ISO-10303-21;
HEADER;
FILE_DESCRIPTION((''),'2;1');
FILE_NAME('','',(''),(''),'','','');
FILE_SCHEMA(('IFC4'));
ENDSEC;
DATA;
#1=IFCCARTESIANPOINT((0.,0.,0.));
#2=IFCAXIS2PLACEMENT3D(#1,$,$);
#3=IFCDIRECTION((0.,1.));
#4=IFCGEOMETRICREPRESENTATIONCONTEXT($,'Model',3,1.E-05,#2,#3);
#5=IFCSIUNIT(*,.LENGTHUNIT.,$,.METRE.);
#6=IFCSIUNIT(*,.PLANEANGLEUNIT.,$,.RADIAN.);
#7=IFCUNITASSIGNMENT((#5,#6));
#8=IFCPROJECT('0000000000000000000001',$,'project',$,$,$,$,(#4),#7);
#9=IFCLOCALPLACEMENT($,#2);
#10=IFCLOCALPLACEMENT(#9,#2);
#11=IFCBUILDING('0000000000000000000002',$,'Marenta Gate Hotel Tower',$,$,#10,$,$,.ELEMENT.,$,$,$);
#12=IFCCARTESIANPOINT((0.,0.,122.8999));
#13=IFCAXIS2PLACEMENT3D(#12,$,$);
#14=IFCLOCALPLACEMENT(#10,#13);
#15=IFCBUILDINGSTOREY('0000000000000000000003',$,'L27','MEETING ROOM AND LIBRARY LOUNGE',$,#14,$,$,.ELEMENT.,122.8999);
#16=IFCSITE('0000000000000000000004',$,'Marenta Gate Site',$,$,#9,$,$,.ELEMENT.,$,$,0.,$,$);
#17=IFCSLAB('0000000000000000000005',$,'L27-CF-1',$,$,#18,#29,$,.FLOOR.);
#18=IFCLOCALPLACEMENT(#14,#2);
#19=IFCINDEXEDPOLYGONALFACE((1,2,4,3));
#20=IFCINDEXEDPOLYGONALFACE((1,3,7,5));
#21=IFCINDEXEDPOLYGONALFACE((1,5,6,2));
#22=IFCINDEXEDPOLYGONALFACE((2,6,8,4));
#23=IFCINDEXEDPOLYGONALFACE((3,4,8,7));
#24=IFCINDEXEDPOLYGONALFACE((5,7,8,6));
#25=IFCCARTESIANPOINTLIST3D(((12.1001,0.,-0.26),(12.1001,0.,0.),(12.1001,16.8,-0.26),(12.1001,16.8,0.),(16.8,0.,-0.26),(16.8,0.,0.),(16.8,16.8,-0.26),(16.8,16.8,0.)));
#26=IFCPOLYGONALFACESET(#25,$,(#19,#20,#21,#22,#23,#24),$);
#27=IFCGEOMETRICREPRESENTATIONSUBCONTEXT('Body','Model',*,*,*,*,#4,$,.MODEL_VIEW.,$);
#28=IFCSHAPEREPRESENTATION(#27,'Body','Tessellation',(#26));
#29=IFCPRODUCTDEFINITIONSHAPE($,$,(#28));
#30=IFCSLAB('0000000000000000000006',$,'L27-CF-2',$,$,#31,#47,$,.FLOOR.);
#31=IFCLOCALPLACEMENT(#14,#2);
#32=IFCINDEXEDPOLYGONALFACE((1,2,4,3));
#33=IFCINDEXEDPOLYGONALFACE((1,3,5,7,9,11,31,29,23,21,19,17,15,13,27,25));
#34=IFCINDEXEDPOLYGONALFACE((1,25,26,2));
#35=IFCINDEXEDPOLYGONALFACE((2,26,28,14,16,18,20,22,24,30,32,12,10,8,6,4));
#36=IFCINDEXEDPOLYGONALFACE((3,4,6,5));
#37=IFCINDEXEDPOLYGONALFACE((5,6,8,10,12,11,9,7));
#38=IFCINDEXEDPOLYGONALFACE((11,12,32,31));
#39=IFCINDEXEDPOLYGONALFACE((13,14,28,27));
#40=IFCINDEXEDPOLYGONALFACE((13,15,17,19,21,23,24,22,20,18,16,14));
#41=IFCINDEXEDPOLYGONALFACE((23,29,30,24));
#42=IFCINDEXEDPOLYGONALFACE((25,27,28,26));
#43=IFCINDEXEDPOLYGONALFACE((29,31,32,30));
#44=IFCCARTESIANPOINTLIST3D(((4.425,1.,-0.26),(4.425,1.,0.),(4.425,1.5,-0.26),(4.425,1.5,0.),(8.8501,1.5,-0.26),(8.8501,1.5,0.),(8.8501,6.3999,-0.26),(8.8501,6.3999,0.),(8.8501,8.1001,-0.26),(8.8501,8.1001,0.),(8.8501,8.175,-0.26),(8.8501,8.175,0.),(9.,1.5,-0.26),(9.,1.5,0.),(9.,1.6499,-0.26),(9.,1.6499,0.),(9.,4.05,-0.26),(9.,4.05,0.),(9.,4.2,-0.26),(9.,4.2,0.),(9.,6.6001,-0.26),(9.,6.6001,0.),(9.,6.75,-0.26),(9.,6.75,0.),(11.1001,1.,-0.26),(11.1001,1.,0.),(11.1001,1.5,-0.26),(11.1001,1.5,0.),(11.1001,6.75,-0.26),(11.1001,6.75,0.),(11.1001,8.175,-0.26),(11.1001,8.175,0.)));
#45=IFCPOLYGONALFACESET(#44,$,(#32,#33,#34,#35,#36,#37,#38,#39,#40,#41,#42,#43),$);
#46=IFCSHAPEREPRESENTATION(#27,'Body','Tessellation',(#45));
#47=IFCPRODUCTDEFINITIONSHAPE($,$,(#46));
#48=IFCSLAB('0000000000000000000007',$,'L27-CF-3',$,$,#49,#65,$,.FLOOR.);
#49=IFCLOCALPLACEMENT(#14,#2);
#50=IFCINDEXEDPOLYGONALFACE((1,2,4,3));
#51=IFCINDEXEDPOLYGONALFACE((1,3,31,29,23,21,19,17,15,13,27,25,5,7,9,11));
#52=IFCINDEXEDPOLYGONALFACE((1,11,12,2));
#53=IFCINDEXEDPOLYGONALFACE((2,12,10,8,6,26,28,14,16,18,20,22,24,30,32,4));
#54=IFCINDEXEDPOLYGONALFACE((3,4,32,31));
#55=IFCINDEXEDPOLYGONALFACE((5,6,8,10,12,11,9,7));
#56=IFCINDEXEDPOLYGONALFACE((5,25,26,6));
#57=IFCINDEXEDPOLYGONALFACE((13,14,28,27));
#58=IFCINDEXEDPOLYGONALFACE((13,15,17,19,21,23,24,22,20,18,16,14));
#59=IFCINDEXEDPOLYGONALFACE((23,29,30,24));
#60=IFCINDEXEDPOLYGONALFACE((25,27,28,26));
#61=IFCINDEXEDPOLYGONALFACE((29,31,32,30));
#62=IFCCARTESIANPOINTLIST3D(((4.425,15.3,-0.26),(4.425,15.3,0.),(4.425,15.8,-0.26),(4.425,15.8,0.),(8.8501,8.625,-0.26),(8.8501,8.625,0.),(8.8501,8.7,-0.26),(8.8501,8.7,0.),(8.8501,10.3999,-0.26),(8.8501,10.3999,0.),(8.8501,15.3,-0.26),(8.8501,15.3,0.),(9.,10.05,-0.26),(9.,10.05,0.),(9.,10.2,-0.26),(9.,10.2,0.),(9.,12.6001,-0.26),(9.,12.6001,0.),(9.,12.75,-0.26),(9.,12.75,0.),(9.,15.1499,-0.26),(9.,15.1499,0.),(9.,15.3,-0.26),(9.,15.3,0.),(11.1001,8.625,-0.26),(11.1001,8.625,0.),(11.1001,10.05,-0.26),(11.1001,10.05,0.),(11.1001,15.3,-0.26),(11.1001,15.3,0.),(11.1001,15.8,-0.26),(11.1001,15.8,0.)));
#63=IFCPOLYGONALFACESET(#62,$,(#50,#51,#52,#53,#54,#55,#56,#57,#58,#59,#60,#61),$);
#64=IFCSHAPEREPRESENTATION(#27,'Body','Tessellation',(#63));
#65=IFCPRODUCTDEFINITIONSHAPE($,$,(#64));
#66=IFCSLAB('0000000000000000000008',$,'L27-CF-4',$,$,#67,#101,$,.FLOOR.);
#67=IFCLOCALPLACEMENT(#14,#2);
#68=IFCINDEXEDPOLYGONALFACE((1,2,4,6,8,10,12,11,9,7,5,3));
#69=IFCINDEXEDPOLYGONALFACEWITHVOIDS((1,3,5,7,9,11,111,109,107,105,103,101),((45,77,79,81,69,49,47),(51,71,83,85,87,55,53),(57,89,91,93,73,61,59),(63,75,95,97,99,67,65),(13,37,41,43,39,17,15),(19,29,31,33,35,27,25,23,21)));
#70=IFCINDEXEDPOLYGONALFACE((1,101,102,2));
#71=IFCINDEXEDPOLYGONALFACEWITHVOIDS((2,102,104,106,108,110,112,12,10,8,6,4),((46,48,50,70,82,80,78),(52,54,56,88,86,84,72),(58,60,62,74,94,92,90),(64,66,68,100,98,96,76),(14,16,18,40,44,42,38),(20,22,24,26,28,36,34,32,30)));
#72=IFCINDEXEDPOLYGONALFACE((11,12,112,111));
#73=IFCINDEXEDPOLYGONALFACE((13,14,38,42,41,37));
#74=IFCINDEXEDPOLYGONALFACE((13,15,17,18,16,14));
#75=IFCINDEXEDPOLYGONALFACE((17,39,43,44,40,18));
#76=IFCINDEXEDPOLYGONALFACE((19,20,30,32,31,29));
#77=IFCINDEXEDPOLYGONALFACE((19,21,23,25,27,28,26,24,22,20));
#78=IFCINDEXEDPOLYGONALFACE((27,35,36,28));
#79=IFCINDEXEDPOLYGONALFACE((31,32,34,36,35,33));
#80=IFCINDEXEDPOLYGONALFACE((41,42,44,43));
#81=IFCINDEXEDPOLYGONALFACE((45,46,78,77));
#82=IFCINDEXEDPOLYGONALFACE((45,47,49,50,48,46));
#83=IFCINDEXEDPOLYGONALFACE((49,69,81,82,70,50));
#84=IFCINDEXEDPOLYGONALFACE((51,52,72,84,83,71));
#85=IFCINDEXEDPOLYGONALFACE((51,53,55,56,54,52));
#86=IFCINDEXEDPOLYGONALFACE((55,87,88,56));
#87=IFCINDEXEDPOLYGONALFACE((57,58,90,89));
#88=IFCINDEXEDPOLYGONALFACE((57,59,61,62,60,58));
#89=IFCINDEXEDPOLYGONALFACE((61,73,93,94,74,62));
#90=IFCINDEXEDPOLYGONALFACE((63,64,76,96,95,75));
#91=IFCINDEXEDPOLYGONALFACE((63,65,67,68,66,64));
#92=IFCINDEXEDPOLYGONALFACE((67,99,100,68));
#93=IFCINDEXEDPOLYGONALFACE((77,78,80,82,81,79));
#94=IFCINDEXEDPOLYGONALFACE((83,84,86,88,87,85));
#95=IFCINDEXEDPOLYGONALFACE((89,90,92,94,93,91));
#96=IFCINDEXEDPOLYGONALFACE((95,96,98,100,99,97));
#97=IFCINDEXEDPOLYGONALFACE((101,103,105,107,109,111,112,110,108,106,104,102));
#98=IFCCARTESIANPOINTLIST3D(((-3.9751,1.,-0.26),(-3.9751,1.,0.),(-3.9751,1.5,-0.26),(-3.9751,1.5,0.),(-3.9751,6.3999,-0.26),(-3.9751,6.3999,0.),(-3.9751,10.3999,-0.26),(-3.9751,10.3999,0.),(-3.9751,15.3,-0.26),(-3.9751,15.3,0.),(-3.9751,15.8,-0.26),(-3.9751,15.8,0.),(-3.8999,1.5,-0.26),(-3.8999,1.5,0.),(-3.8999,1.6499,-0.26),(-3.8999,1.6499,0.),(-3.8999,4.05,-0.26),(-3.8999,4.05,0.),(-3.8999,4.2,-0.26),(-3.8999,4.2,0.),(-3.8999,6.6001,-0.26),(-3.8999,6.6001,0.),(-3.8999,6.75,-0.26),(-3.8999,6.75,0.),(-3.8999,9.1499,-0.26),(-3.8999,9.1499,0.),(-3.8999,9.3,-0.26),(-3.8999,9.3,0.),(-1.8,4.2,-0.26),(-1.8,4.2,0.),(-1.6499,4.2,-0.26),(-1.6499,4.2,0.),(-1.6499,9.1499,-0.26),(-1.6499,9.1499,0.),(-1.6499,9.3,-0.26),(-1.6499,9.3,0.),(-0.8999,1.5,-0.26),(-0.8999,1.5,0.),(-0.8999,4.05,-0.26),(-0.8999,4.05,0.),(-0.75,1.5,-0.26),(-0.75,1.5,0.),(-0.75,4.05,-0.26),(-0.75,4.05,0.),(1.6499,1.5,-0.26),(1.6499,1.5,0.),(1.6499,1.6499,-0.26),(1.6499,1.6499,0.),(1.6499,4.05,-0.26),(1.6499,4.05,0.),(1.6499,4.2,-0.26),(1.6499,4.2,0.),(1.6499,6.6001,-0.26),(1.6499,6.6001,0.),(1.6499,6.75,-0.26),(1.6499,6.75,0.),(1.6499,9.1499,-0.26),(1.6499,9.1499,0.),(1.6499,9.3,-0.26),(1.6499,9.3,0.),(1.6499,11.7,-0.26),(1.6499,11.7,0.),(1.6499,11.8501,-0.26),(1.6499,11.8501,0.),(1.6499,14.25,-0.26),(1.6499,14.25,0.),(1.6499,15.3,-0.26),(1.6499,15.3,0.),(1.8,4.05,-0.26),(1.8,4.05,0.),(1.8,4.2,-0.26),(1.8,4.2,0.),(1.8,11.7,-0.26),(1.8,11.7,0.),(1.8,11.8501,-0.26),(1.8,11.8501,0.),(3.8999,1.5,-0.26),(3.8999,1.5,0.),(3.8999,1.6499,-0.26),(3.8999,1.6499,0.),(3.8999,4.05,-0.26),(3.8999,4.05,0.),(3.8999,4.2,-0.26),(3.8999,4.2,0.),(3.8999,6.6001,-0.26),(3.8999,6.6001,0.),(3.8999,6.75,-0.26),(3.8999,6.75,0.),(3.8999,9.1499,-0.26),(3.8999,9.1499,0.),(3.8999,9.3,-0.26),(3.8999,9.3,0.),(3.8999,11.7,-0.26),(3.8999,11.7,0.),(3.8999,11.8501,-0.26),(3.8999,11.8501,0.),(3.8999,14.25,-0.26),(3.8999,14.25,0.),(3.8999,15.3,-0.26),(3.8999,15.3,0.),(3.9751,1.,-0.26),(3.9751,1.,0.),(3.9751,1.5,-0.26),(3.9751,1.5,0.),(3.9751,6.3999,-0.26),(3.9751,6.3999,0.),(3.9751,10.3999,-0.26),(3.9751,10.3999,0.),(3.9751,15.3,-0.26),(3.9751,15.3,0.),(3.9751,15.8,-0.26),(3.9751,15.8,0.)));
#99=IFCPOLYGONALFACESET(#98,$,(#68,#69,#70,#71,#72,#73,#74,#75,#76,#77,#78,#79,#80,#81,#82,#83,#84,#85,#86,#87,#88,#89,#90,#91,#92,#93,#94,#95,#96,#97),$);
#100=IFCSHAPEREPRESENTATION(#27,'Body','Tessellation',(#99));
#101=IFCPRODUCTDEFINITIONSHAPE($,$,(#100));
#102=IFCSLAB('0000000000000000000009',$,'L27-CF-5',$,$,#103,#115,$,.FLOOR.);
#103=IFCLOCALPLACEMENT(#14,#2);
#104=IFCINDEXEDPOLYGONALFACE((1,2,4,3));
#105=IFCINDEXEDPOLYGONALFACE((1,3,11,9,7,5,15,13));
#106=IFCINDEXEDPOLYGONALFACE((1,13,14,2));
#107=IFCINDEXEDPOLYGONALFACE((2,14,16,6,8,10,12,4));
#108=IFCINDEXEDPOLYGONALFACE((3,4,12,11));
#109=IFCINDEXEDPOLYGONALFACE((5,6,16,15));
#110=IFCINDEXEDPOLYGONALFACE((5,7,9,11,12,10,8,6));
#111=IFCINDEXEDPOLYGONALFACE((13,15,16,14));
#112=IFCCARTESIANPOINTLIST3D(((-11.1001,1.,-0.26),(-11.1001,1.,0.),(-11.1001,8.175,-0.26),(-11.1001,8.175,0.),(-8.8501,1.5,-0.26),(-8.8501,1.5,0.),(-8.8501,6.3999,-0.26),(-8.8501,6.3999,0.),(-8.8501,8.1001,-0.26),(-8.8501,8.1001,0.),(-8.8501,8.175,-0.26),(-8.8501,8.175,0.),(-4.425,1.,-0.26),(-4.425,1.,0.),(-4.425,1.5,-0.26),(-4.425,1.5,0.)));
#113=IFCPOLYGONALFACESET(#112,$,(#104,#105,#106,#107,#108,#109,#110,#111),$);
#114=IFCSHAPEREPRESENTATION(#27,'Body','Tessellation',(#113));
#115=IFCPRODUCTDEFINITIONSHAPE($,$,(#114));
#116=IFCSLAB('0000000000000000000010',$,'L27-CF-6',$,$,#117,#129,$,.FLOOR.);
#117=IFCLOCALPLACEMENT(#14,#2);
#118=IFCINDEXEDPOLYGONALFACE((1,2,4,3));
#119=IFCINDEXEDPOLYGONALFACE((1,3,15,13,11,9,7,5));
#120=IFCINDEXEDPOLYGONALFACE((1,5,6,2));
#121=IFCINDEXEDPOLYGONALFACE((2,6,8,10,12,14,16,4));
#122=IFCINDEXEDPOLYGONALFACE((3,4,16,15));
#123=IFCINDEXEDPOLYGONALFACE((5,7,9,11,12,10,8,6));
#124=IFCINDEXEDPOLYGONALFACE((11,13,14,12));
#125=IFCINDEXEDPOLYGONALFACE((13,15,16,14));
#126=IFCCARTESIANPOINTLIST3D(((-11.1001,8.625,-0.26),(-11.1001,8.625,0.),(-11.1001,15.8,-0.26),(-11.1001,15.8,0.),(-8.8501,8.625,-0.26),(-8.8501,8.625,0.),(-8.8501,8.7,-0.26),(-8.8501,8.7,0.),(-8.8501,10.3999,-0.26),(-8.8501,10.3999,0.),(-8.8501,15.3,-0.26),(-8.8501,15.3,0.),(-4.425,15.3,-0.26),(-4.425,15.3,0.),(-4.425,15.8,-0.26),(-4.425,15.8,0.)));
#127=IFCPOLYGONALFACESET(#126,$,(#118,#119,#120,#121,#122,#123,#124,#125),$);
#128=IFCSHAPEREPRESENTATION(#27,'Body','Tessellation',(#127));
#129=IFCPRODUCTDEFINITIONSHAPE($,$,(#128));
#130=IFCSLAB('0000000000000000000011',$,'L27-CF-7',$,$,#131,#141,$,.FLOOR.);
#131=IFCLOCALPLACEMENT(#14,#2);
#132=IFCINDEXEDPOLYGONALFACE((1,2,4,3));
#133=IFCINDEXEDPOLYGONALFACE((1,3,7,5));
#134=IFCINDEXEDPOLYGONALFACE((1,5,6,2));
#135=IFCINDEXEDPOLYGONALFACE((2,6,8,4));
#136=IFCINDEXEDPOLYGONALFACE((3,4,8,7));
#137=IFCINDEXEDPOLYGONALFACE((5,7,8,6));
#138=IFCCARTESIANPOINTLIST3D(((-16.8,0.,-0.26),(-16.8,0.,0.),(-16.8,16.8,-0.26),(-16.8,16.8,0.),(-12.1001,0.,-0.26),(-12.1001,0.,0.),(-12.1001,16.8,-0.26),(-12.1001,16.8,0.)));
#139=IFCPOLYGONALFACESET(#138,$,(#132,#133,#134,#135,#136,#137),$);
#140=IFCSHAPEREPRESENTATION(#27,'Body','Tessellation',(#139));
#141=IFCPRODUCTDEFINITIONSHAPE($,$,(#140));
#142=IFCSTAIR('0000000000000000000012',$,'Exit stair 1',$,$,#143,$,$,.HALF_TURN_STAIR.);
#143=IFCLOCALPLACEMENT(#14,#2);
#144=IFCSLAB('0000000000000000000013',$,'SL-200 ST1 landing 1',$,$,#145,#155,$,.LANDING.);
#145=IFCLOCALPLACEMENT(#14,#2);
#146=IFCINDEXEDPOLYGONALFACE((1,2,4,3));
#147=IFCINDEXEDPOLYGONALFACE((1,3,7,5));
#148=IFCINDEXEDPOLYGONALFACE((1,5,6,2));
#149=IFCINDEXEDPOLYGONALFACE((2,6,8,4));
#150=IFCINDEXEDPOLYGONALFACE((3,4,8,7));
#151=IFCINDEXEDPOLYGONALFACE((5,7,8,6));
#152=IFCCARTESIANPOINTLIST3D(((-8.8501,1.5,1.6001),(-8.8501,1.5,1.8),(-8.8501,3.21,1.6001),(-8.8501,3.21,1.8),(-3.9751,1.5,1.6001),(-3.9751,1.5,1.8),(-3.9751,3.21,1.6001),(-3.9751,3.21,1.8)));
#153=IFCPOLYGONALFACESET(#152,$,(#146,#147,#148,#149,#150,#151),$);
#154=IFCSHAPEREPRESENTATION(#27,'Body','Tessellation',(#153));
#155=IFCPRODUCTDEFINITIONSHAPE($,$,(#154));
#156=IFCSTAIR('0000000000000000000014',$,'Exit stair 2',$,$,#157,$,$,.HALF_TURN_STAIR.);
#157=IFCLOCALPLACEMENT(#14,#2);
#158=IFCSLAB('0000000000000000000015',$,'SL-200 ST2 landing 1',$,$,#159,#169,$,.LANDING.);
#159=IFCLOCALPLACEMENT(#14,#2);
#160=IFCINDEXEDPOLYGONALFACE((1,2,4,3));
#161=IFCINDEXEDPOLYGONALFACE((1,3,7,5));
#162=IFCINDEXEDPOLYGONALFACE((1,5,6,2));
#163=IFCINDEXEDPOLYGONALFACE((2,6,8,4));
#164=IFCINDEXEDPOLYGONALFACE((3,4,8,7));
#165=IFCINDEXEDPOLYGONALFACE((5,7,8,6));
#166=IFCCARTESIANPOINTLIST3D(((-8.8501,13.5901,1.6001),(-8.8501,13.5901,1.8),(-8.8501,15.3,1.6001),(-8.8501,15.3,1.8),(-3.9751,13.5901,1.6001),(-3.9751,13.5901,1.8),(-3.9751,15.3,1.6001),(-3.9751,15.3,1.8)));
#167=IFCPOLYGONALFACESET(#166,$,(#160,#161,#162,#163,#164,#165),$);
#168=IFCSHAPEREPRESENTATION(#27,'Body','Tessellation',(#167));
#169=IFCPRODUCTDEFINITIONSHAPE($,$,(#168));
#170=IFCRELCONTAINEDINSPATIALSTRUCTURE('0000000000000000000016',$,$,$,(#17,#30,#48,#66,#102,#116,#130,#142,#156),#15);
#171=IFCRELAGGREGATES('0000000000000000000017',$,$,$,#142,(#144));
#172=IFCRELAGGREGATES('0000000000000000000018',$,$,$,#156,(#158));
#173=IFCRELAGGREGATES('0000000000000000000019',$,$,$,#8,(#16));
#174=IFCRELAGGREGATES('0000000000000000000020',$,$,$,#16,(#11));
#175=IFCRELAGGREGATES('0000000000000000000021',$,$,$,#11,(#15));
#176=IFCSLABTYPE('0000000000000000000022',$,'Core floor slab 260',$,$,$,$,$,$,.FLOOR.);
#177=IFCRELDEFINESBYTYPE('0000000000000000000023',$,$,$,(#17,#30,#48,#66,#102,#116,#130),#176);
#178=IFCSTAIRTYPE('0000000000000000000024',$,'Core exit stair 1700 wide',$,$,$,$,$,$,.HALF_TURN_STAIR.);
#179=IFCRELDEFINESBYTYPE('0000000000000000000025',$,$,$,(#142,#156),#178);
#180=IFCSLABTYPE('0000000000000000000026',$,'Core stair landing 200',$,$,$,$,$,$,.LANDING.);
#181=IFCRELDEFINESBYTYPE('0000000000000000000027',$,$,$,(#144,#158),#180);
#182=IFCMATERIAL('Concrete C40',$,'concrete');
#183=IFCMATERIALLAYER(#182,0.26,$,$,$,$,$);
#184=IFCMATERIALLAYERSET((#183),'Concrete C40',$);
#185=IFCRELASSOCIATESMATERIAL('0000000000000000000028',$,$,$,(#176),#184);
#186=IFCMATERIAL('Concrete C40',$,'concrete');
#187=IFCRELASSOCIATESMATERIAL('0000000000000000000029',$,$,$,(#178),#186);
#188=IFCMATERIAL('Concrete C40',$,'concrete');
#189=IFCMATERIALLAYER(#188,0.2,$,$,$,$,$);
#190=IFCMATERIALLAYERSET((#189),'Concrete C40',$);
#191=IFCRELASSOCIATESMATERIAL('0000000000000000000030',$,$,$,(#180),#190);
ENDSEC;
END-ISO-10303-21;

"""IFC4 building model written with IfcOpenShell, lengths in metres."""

from ifc_helpers import new_model, si_unit, direction, frame, origin, place, context, subcontext, project, spatial, polyline, outline, extrude, material, layer, layer_set, type_object, element, aggregate, save


model = new_model("IFC4")

# Units and contexts
model_context = context("Model", 3, precision=1e-05, world=origin(), true_north=direction((0.0, 1.0)))
body_context = subcontext(model_context, "Body", "Model", "MODEL_VIEW")
ifc_project = project(units=[si_unit("LENGTHUNIT", "METRE"), si_unit("PLANEANGLEUNIT", "RADIAN")], contexts=[model_context])

# Site, building, storey
site_placement = place(None, origin())
site = spatial("IfcSite", under=ifc_project, at=site_placement, Name="Marenta Gate Site", CompositionType="ELEMENT", RefElevation=0.0)
building_placement = place(site_placement, origin())
building = spatial("IfcBuilding", under=site, at=building_placement, Name="Marenta Gate Hotel Tower", CompositionType="ELEMENT")
storey_placement = place(building_placement, frame((0.0, 0.0, 122.8999)))
storey = spatial("IfcBuildingStorey", under=building, at=storey_placement, Name="L27", Description="MEETING ROOM AND LIBRARY LOUNGE", CompositionType="ELEMENT", Elevation=122.8999)

# Slabs
ifc_material_1 = material(Name="Concrete C40", Category="concrete")
ifc_layer_1 = layer(ifc_material_1, 0.26)
ifc_layer_set_1 = layer_set([ifc_layer_1], Name="Concrete C40")
slab_type_1 = type_object("IfcSlabType", Name="Core floor slab 260", PredefinedType="FLOOR", material=ifc_layer_set_1)
slab_1_placement = place(storey_placement, frame((0.0, 0.0, -0.26)))
element("IfcSlab", 1, at=slab_1_placement, inside=storey, type_object=slab_type_1, Name="L27-CF-1", PredefinedType="FLOOR", context=body_context, shape_type="SweptSolid", body=[
    extrude(outline(polyline([(12.1001, 0.0), (12.1001, 16.8), (16.8, 16.8), (16.8, 0.0), (12.1001, 0.0)])), origin(), (0.0, 0.0, 1.0), 0.26),
])
slab_2_placement = place(storey_placement, frame((0.0, 0.0, -0.26)))
element("IfcSlab", 2, at=slab_2_placement, inside=storey, type_object=slab_type_1, Name="L27-CF-2", PredefinedType="FLOOR", context=body_context, shape_type="SweptSolid", body=[
    extrude(outline(polyline([(8.8501, 1.5), (8.8501, 6.3999), (8.8501, 8.1001), (8.8501, 8.175), (11.1001, 8.175), (11.1001, 6.75), (9.0, 6.75), (9.0, 6.6001), (9.0, 4.2), (9.0, 4.05), (9.0, 1.6499), (9.0, 1.5), (11.1001, 1.5), (11.1001, 1.0), (4.425, 1.0), (4.425, 1.5), (8.8501, 1.5)])), origin(), (0.0, 0.0, 1.0), 0.26),
])
slab_3_placement = place(storey_placement, frame((0.0, 0.0, -0.26)))
element("IfcSlab", 3, at=slab_3_placement, inside=storey, type_object=slab_type_1, Name="L27-CF-3", PredefinedType="FLOOR", context=body_context, shape_type="SweptSolid", body=[
    extrude(outline(polyline([(8.8501, 15.3), (4.425, 15.3), (4.425, 15.8), (11.1001, 15.8), (11.1001, 15.3), (9.0, 15.3), (9.0, 15.1499), (9.0, 12.75), (9.0, 12.6001), (9.0, 10.2), (9.0, 10.05), (11.1001, 10.05), (11.1001, 8.625), (8.8501, 8.625), (8.8501, 8.7), (8.8501, 10.3999), (8.8501, 15.3)])), origin(), (0.0, 0.0, 1.0), 0.26),
])
slab_4_placement = place(storey_placement, frame((0.0, 0.0, -0.26)))
element("IfcSlab", 4, at=slab_4_placement, inside=storey, type_object=slab_type_1, Name="L27-CF-4", PredefinedType="FLOOR", context=body_context, shape_type="SweptSolid", body=[
    extrude(outline(polyline([(3.9751, 15.3), (3.9751, 10.3999), (3.9751, 6.3999), (3.9751, 1.5), (3.9751, 1.0), (-3.9751, 1.0), (-3.9751, 1.5), (-3.9751, 6.3999), (-3.9751, 10.3999), (-3.9751, 15.3), (-3.9751, 15.8), (3.9751, 15.8), (3.9751, 15.3)]), holes=[polyline([(1.6499, 1.5), (3.8999, 1.5), (3.8999, 1.6499), (3.8999, 4.05), (1.8, 4.05), (1.6499, 4.05), (1.6499, 1.6499), (1.6499, 1.5)]), polyline([(1.6499, 6.6001), (1.6499, 4.2), (1.8, 4.2), (3.8999, 4.2), (3.8999, 6.6001), (3.8999, 6.75), (1.6499, 6.75), (1.6499, 6.6001)]), polyline([(1.6499, 9.1499), (3.8999, 9.1499), (3.8999, 9.3), (3.8999, 11.7), (1.8, 11.7), (1.6499, 11.7), (1.6499, 9.3), (1.6499, 9.1499)]), polyline([(1.6499, 15.3), (1.6499, 14.25), (1.6499, 11.8501), (1.8, 11.8501), (3.8999, 11.8501), (3.8999, 14.25), (3.8999, 15.3), (1.6499, 15.3)]), polyline([(-3.8999, 4.05), (-3.8999, 1.6499), (-3.8999, 1.5), (-0.8999, 1.5), (-0.75, 1.5), (-0.75, 4.05), (-0.8999, 4.05), (-3.8999, 4.05)]), polyline([(-1.8, 4.2), (-1.6499, 4.2), (-1.6499, 9.1499), (-1.6499, 9.3), (-3.8999, 9.3), (-3.8999, 9.1499), (-3.8999, 6.75), (-3.8999, 6.6001), (-3.8999, 4.2), (-1.8, 4.2)])]), origin(), (0.0, 0.0, 1.0), 0.26),
])
slab_5_placement = place(storey_placement, frame((0.0, 0.0, -0.26)))
element("IfcSlab", 5, at=slab_5_placement, inside=storey, type_object=slab_type_1, Name="L27-CF-5", PredefinedType="FLOOR", context=body_context, shape_type="SweptSolid", body=[
    extrude(outline(polyline([(-8.8501, 8.175), (-8.8501, 8.1001), (-8.8501, 6.3999), (-8.8501, 1.5), (-4.425, 1.5), (-4.425, 1.0), (-11.1001, 1.0), (-11.1001, 8.175), (-8.8501, 8.175)])), origin(), (0.0, 0.0, 1.0), 0.26),
])
slab_6_placement = place(storey_placement, frame((0.0, 0.0, -0.26)))
element("IfcSlab", 6, at=slab_6_placement, inside=storey, type_object=slab_type_1, Name="L27-CF-6", PredefinedType="FLOOR", context=body_context, shape_type="SweptSolid", body=[
    extrude(outline(polyline([(-4.425, 15.3), (-8.8501, 15.3), (-8.8501, 10.3999), (-8.8501, 8.7), (-8.8501, 8.625), (-11.1001, 8.625), (-11.1001, 15.8), (-4.425, 15.8), (-4.425, 15.3)])), origin(), (0.0, 0.0, 1.0), 0.26),
])
slab_7_placement = place(storey_placement, frame((0.0, 0.0, -0.26)))
element("IfcSlab", 7, at=slab_7_placement, inside=storey, type_object=slab_type_1, Name="L27-CF-7", PredefinedType="FLOOR", context=body_context, shape_type="SweptSolid", body=[
    extrude(outline(polyline([(-12.1001, 16.8), (-12.1001, 0.0), (-16.8, 0.0), (-16.8, 16.8), (-12.1001, 16.8)])), origin(), (0.0, 0.0, 1.0), 0.26),
])

# Stairs, slabs
ifc_material_2 = material(Name="Concrete C40", Category="concrete")
stair_type_1 = type_object("IfcStairType", Name="Core exit stair 1700 wide", PredefinedType="HALF_TURN_STAIR", material=ifc_material_2)
stair_1_placement = place(storey_placement, origin())
stair_1 = element("IfcStair", 8, at=stair_1_placement, inside=storey, type_object=stair_type_1, Name="Exit stair 1", PredefinedType="HALF_TURN_STAIR")
ifc_material_3 = material(Name="Concrete C40", Category="concrete")
ifc_layer_2 = layer(ifc_material_3, 0.2)
ifc_layer_set_2 = layer_set([ifc_layer_2], Name="Concrete C40")
slab_type_2 = type_object("IfcSlabType", Name="Core stair landing 200", PredefinedType="LANDING", material=ifc_layer_set_2)
slab_8_placement = place(storey_placement, frame((0.0, 0.0, 1.6001)))
slab_8 = element("IfcSlab", 9, at=slab_8_placement, type_object=slab_type_2, Name="SL-200 ST1 landing 1", PredefinedType="LANDING", context=body_context, shape_type="SweptSolid", body=[
    extrude(outline(polyline([(-8.8501, 1.5), (-3.9751, 1.5), (-3.9751, 3.21), (-8.8501, 3.21), (-8.8501, 1.5)])), origin(), (0.0, 0.0, 1.0), 0.2),
])
aggregate(stair_1, [slab_8])
stair_2_placement = place(storey_placement, origin())
stair_2 = element("IfcStair", 10, at=stair_2_placement, inside=storey, type_object=stair_type_1, Name="Exit stair 2", PredefinedType="HALF_TURN_STAIR")
slab_9_placement = place(storey_placement, frame((0.0, 0.0, 1.6001)))
slab_9 = element("IfcSlab", 11, at=slab_9_placement, type_object=slab_type_2, Name="SL-200 ST2 landing 1", PredefinedType="LANDING", context=body_context, shape_type="SweptSolid", body=[
    extrude(outline(polyline([(-8.8501, 13.5901), (-3.9751, 13.5901), (-3.9751, 15.3), (-8.8501, 15.3), (-8.8501, 13.5901)])), origin(), (0.0, 0.0, 1.0), 0.2),
])
aggregate(stair_2, [slab_9])

save(model, "model.ifc")
